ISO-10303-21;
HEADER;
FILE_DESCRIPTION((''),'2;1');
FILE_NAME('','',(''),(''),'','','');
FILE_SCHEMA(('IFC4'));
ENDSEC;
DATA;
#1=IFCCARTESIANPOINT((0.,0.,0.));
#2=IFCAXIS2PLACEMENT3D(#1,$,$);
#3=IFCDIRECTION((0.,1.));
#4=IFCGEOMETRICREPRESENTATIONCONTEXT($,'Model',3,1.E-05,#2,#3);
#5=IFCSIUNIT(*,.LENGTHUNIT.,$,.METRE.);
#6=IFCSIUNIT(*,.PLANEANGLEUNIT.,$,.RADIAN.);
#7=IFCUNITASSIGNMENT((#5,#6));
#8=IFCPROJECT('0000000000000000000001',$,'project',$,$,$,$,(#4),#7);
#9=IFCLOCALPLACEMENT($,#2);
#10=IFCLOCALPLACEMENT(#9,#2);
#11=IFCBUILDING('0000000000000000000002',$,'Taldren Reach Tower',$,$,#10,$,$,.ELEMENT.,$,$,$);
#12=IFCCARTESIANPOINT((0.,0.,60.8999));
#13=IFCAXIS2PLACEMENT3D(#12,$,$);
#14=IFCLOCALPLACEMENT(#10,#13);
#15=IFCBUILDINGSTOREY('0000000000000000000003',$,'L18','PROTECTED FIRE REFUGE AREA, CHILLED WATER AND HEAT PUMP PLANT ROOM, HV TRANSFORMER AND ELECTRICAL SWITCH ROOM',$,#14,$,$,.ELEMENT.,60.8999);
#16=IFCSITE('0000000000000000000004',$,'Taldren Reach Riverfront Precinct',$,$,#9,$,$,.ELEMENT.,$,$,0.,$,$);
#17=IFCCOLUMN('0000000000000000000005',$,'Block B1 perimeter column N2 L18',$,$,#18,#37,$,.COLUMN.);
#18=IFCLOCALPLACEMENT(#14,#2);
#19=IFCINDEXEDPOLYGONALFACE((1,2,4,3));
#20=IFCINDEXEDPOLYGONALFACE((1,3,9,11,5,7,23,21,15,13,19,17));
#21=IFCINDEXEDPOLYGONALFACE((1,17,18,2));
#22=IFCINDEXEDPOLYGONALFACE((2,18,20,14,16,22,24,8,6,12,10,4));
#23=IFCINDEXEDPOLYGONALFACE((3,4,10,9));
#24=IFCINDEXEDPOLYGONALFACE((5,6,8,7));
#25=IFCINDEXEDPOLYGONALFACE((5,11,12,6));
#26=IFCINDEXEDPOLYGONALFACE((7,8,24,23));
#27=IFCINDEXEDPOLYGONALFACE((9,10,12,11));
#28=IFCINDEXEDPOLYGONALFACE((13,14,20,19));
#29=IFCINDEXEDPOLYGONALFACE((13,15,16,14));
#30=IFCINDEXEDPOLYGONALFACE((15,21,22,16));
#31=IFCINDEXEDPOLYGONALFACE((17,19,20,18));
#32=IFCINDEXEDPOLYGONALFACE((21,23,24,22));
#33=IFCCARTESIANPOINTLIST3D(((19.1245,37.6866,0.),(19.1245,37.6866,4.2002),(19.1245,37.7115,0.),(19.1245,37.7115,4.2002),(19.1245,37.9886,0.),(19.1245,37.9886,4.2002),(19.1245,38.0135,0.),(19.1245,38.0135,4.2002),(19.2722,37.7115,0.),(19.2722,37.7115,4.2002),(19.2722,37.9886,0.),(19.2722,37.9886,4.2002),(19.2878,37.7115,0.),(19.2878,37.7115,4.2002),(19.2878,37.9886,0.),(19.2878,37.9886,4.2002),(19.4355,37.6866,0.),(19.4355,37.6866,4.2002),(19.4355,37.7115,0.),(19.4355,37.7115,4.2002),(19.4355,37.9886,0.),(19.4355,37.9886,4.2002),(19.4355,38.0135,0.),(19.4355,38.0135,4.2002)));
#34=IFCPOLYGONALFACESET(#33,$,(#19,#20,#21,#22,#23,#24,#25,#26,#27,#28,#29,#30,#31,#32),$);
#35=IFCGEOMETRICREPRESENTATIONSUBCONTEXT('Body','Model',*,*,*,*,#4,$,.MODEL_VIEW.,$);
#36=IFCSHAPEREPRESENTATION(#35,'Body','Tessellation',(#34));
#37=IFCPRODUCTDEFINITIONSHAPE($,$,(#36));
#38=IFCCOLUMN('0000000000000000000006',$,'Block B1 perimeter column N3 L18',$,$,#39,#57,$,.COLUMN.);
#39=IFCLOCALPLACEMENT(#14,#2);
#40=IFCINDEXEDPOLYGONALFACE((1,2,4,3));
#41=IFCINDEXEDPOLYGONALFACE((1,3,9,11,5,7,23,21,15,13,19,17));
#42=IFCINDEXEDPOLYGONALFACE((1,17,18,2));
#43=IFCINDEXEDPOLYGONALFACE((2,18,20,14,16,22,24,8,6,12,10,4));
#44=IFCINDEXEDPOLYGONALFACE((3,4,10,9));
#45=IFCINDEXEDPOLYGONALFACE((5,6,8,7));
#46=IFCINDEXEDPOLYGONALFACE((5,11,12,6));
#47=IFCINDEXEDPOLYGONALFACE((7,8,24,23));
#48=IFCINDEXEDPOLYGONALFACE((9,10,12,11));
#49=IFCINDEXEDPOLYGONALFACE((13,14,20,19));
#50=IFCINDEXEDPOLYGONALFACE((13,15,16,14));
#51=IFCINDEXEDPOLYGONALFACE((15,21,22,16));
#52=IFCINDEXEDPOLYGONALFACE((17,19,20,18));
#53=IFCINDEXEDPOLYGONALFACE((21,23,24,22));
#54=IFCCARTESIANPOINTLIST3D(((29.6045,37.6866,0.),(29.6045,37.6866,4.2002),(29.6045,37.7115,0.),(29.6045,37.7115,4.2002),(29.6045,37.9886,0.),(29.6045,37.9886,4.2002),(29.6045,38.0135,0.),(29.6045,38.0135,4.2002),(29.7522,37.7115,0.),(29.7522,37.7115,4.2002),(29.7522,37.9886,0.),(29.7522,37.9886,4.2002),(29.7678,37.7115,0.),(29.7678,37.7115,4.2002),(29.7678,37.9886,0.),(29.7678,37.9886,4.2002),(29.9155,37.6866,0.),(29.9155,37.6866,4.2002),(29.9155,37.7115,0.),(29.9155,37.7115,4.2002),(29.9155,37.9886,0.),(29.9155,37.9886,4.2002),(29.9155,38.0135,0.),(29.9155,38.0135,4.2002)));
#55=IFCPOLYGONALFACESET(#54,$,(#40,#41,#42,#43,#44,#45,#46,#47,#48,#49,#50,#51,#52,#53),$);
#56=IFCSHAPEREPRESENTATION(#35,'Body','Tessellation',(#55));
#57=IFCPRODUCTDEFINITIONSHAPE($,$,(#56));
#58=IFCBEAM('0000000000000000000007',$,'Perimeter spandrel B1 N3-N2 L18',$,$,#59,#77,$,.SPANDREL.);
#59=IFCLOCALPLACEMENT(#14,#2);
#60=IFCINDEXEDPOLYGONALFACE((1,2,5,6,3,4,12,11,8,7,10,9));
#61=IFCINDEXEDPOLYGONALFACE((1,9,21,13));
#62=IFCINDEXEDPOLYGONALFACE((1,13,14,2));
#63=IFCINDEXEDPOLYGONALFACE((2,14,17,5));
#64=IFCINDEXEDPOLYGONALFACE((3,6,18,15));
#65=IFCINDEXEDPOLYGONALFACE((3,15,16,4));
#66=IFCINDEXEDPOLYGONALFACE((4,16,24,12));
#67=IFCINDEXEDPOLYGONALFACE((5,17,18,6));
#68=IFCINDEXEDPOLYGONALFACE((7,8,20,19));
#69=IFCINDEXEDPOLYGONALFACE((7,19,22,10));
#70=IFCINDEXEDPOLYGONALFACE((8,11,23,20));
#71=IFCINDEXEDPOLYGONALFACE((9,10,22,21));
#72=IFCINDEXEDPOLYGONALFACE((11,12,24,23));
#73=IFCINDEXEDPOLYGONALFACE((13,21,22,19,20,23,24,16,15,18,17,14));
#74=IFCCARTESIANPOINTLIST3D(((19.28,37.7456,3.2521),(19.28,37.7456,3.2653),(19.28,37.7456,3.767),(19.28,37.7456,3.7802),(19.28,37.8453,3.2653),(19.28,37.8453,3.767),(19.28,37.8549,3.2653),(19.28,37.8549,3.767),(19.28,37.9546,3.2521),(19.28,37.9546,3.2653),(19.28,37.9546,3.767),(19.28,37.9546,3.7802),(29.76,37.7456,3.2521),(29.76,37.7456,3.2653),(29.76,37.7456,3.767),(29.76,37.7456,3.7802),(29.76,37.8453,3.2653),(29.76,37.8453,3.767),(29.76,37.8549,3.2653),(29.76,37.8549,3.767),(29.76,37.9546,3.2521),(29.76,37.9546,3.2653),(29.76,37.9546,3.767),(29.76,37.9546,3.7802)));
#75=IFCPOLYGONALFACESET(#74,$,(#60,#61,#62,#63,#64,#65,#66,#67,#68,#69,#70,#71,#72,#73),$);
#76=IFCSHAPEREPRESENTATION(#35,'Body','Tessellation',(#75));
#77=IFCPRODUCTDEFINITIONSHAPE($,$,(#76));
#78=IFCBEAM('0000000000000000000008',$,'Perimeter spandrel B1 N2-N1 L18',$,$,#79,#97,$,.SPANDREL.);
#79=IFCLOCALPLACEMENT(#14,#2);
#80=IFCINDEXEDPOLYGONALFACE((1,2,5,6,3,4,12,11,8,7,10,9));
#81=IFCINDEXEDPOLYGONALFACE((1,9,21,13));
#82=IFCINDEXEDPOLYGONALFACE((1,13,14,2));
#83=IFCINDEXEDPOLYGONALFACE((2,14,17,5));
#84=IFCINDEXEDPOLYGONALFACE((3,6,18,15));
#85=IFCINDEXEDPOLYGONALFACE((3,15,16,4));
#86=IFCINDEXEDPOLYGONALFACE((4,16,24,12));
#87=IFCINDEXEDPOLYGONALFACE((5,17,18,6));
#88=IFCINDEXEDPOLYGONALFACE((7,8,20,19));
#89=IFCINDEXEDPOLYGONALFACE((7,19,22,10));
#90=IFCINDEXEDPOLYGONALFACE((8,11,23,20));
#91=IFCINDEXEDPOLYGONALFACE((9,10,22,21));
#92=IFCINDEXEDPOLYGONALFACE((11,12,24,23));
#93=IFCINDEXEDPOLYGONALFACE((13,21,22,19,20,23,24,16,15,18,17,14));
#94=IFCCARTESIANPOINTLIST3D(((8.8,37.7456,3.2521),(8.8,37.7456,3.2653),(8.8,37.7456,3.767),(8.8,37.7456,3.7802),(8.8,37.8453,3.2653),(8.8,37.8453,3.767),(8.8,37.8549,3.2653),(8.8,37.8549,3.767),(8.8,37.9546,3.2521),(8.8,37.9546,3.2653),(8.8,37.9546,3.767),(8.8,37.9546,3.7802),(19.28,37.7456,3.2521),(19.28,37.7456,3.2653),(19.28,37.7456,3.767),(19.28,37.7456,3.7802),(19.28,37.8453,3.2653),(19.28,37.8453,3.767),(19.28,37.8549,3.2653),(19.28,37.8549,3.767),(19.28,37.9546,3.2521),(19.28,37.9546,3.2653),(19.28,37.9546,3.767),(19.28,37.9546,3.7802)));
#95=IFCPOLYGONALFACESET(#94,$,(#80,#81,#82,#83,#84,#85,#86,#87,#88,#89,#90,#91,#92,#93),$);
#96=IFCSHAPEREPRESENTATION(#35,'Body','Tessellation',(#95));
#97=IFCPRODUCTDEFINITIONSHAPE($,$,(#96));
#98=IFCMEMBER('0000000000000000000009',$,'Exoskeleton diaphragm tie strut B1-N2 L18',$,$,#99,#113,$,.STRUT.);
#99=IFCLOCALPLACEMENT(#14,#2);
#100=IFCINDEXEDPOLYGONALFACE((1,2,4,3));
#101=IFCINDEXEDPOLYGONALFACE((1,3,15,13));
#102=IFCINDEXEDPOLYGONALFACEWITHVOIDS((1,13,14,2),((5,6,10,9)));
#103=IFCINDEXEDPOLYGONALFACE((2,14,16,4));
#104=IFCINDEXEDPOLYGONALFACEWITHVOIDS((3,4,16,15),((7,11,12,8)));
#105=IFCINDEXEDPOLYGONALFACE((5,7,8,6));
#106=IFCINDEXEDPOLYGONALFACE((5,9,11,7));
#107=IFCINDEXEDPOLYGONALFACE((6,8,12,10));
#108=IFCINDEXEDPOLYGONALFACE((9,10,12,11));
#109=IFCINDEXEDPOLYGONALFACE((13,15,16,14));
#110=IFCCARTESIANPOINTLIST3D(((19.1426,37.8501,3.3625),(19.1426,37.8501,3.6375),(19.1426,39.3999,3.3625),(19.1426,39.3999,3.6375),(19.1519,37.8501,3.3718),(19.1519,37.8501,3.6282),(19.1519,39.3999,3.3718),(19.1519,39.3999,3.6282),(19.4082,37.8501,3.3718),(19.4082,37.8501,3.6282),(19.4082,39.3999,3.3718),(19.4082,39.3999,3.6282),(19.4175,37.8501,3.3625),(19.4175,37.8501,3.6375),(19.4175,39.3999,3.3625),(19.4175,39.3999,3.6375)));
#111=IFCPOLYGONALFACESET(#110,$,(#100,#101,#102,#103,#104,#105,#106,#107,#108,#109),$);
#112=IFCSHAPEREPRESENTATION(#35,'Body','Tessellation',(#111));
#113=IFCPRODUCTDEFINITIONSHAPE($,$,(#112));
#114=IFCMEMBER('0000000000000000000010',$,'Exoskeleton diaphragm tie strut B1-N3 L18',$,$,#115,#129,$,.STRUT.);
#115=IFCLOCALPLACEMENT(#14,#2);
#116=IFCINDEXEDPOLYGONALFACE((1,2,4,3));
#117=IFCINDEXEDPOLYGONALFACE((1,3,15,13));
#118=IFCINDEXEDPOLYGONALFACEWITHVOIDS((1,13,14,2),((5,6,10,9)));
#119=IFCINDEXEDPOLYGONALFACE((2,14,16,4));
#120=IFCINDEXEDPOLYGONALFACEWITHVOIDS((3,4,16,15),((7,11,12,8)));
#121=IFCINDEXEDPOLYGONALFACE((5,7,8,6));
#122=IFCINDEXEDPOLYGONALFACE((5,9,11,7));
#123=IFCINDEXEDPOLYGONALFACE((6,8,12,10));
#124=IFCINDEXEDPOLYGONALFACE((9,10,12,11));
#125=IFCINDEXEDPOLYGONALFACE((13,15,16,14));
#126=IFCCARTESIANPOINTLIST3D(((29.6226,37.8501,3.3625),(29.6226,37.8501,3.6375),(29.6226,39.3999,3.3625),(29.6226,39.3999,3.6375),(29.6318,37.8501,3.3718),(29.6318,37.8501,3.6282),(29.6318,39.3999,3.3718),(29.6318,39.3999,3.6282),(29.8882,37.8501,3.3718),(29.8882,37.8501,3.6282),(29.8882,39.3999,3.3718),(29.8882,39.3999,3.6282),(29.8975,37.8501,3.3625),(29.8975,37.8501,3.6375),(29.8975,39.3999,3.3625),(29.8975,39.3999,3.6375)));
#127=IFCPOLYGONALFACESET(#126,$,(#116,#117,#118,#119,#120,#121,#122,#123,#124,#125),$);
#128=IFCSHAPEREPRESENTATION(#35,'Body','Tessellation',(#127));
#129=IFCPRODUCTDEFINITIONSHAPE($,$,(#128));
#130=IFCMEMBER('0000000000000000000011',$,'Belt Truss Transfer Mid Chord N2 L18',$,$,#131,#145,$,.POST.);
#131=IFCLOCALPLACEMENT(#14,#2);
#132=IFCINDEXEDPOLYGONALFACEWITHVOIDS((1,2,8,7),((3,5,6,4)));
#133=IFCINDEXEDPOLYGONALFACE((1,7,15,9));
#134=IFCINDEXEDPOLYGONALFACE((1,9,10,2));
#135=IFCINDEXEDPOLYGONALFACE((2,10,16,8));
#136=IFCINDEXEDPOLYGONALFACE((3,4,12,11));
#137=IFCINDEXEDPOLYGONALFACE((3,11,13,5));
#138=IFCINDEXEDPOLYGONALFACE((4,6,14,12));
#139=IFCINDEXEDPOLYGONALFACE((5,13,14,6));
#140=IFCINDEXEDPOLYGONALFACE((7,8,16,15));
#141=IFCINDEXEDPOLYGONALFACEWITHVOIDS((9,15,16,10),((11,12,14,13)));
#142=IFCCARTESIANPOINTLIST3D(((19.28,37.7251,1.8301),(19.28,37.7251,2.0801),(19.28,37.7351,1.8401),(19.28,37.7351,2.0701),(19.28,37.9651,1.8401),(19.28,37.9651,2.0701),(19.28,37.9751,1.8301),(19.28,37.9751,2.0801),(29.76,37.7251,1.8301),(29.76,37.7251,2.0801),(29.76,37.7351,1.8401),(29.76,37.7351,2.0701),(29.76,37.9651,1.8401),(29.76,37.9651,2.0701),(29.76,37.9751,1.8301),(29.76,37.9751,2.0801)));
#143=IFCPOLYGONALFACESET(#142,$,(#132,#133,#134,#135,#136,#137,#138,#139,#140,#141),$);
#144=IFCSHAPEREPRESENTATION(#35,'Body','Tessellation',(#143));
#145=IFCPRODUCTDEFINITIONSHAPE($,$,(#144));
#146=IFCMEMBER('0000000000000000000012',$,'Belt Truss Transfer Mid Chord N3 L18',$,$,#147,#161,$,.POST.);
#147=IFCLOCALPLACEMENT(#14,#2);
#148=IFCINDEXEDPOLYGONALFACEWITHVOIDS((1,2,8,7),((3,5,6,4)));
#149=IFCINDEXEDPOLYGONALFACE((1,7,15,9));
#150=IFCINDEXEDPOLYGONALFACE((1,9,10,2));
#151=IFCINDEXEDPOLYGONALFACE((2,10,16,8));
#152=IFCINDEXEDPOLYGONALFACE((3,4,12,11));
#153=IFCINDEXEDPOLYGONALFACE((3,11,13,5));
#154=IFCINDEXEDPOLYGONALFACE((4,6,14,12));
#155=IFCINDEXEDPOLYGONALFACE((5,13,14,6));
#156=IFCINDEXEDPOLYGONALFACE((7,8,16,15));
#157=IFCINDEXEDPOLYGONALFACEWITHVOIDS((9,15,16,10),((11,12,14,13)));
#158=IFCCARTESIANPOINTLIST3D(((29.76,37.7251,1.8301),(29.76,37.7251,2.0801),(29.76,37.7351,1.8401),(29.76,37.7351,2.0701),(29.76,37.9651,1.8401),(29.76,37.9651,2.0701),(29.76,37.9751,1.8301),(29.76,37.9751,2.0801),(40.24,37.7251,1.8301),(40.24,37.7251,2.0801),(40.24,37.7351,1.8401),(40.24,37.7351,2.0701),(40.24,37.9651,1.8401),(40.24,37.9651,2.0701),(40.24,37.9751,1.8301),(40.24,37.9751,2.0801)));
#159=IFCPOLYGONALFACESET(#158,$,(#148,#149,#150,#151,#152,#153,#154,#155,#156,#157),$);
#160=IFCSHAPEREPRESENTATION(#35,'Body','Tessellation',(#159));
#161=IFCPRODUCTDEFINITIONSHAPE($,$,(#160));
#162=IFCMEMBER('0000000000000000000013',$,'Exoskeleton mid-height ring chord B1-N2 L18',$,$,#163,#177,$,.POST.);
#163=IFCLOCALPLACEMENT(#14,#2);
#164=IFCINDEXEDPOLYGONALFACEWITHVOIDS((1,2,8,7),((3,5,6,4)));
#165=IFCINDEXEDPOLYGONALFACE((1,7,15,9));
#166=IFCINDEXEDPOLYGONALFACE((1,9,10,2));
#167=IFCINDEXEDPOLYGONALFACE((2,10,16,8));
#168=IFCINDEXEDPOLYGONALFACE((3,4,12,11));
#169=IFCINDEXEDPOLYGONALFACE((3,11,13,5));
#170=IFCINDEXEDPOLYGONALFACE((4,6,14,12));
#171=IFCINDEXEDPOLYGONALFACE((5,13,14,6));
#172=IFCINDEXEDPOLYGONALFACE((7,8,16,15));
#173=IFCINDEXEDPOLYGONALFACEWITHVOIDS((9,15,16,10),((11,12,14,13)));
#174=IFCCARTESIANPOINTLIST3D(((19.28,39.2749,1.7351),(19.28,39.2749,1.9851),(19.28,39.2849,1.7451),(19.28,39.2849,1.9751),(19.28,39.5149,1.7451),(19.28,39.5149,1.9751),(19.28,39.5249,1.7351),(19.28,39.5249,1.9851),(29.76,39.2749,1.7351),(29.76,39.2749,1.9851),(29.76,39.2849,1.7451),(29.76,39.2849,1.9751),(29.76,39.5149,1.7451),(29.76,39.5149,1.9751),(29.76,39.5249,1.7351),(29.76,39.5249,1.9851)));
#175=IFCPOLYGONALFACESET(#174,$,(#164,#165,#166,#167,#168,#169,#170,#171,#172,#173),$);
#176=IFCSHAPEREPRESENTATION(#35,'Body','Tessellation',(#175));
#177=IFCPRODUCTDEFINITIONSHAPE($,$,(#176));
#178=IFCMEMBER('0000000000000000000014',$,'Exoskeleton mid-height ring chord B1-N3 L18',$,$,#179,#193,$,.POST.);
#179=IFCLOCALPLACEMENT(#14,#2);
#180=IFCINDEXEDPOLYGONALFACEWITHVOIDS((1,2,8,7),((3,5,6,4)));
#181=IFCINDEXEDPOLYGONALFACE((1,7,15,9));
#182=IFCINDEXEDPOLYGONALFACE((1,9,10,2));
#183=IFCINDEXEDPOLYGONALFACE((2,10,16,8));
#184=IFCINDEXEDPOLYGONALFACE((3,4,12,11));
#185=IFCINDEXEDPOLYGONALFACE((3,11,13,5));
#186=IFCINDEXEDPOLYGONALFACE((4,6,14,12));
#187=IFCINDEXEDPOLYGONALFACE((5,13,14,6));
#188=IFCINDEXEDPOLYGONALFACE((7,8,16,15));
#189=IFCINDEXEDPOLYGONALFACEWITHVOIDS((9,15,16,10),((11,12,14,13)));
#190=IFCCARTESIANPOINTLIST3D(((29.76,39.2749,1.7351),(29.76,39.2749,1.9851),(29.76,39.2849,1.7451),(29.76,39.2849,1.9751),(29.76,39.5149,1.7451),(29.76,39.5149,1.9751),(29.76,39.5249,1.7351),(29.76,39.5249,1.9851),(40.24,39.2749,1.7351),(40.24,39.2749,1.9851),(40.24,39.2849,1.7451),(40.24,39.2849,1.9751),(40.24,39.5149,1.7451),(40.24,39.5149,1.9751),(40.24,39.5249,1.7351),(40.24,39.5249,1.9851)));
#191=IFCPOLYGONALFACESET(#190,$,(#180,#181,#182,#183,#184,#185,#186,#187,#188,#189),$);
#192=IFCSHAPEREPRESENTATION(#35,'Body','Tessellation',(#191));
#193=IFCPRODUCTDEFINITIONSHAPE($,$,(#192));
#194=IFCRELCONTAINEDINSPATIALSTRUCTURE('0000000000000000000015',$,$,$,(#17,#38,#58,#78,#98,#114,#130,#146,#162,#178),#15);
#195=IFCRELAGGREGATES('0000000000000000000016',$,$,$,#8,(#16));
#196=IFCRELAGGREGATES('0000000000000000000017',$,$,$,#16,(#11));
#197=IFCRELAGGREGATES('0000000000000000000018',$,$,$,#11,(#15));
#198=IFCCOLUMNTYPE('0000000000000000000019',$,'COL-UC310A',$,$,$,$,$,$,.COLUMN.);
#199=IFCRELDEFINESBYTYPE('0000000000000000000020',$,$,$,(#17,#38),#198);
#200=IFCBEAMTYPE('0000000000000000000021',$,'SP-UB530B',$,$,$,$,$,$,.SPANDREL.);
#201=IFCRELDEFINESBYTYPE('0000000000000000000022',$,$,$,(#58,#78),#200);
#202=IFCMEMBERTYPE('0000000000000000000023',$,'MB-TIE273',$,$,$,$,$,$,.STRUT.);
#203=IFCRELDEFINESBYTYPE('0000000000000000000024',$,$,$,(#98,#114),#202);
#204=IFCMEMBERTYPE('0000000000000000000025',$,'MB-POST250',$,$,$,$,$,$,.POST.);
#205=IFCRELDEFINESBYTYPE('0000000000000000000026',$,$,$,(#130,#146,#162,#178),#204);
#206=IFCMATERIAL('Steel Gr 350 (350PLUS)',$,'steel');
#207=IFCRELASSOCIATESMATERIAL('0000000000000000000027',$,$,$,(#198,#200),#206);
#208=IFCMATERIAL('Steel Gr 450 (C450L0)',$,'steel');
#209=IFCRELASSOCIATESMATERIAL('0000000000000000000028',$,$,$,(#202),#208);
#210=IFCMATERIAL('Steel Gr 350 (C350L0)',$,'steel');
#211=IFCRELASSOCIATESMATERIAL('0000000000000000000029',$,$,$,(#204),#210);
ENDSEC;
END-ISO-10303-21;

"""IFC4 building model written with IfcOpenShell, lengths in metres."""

from ifc_helpers import new_model, si_unit, direction, frame, origin, origin_2d, place, context, subcontext, project, spatial, hollow_rectangle, i_section, extrude, source, transform, mapped, material, material_profile, profile_set, type_object, element, save


model = new_model("IFC4")

# Units and contexts
model_context = context("Model", 3, precision=1e-05, world=origin(), true_north=direction((0.0, 1.0)))
body_context = subcontext(model_context, "Body", "Model", "MODEL_VIEW")
ifc_project = project(units=[si_unit("LENGTHUNIT", "METRE"), si_unit("PLANEANGLEUNIT", "RADIAN")], contexts=[model_context])

# Site, building, storey
site_placement = place(None, origin())
site = spatial("IfcSite", under=ifc_project, at=site_placement, Name="Taldren Reach Riverfront Precinct", CompositionType="ELEMENT", RefElevation=0.0)
building_placement = place(site_placement, origin())
building = spatial("IfcBuilding", under=site, at=building_placement, Name="Taldren Reach Tower", CompositionType="ELEMENT")
storey_placement = place(building_placement, frame((0.0, 0.0, 60.8999)))
storey = spatial("IfcBuildingStorey", under=building, at=storey_placement, Name="L18", Description="PROTECTED FIRE REFUGE AREA, CHILLED WATER AND HEAT PUMP PLANT ROOM, HV TRANSFORMER AND ELECTRICAL SWITCH ROOM", CompositionType="ELEMENT", Elevation=60.8999)

# Columns
ifc_material_1 = material(Name="Steel Gr 350 (350PLUS)", Category="steel")
ifc_material_profile_1 = material_profile(ifc_material_1, i_section(OverallWidth=0.311, OverallDepth=0.3269, WebThickness=0.0156, FlangeThickness=0.0249, at=origin_2d()), Name="310UC158")
ifc_profile_set_1 = profile_set([ifc_material_profile_1], Name="Steel Gr 350 (350PLUS)")
column_type = type_object("IfcColumnType", Name="COL-UC310A", PredefinedType="COLUMN", material=ifc_profile_set_1)
shared_shape_1 = source(origin(), body_context, "Body", "SweptSolid", [
    extrude(i_section(OverallWidth=0.311, OverallDepth=0.3269, WebThickness=0.0156, FlangeThickness=0.0249, at=origin_2d()), origin(), (0.0, 0.0, 1.0), 4.2002),
])
for number, where, z_axis, x_axis, name in (
    (1, (19.28, 37.8501, 0.0), (0.0, 0.0, 1.0), (1.0, 0.0, 0.0), "Block B1 perimeter column N2 L18"),
    (2, (29.76, 37.8501, 0.0), (0.0, 0.0, 1.0), (1.0, 0.0, 0.0), "Block B1 perimeter column N3 L18"),
):
    element("IfcColumn", number, at=place(storey_placement, frame(where, z_axis=z_axis, x_axis=x_axis)), inside=storey, type_object=column_type, Name=name, PredefinedType="COLUMN", context=body_context, shape_type="MappedRepresentation", body=[
        mapped(shared_shape_1, transform((0.0, 0.0, 0.0), scale=1.0)),
    ])

# Beams
ifc_material_profile_2 = material_profile(ifc_material_1, i_section(OverallWidth=0.209, OverallDepth=0.5281, WebThickness=0.0095, FlangeThickness=0.0132, at=origin_2d()), Name="530UB82.0")
ifc_profile_set_2 = profile_set([ifc_material_profile_2], Name="Steel Gr 350 (350PLUS)")
beam_type = type_object("IfcBeamType", Name="SP-UB530B", PredefinedType="SPANDREL", material=ifc_profile_set_2)
shared_shape_2 = source(origin(), body_context, "Body", "SweptSolid", [
    extrude(i_section(OverallWidth=0.209, OverallDepth=0.5281, WebThickness=0.0095, FlangeThickness=0.0132, at=origin_2d()), origin(), (0.0, 0.0, 1.0), 10.48),
])
for number, where, z_axis, x_axis, name in (
    (3, (29.76, 37.8501, 3.5161), (-1.0, 0.0, 0.0), (0.0, -1.0, 0.0), "Perimeter spandrel B1 N3-N2 L18"),
    (4, (19.28, 37.8501, 3.5161), (-1.0, 0.0, 0.0), (0.0, -1.0, 0.0), "Perimeter spandrel B1 N2-N1 L18"),
):
    element("IfcBeam", number, at=place(storey_placement, frame(where, z_axis=z_axis, x_axis=x_axis)), inside=storey, type_object=beam_type, Name=name, PredefinedType="SPANDREL", context=body_context, shape_type="MappedRepresentation", body=[
        mapped(shared_shape_2, transform((0.0, 0.0, 0.0), scale=1.0)),
    ])

# Members
ifc_material_2 = material(Name="Steel Gr 450 (C450L0)", Category="steel")
ifc_material_profile_3 = material_profile(ifc_material_2, hollow_rectangle(XDim=0.2749, YDim=0.2749, WallThickness=0.0093, at=origin_2d()), Name="275x275x9.3SHS")
ifc_profile_set_3 = profile_set([ifc_material_profile_3], Name="Steel Gr 450 (C450L0)")
member_type_1 = type_object("IfcMemberType", Name="MB-TIE273", PredefinedType="STRUT", material=ifc_profile_set_3)
shared_shape_3 = source(origin(), body_context, "Body", "SweptSolid", [
    extrude(hollow_rectangle(XDim=0.2749, YDim=0.2749, WallThickness=0.0093, at=origin_2d()), origin(), (0.0, 0.0, 1.0), 1.5498),
])
for number, where, z_axis, x_axis, name in (
    (5, (19.28, 37.8501, 3.5), (0.0, 1.0, 0.0), (-1.0, 0.0, 0.0), "Exoskeleton diaphragm tie strut B1-N2 L18"),
    (6, (29.76, 37.8501, 3.5), (0.0, 1.0, 0.0), (-1.0, 0.0, 0.0), "Exoskeleton diaphragm tie strut B1-N3 L18"),
):
    element("IfcMember", number, at=place(storey_placement, frame(where, z_axis=z_axis, x_axis=x_axis)), inside=storey, type_object=member_type_1, Name=name, PredefinedType="STRUT", context=body_context, shape_type="MappedRepresentation", body=[
        mapped(shared_shape_3, transform((0.0, 0.0, 0.0), scale=1.0)),
    ])
ifc_material_3 = material(Name="Steel Gr 350 (C350L0)", Category="steel")
ifc_material_profile_4 = material_profile(ifc_material_3, hollow_rectangle(XDim=0.25, YDim=0.25, WallThickness=0.01, at=origin_2d()), Name="250x250x10.0SHS")
ifc_profile_set_4 = profile_set([ifc_material_profile_4], Name="Steel Gr 350 (C350L0)")
member_type_2 = type_object("IfcMemberType", Name="MB-POST250", PredefinedType="POST", material=ifc_profile_set_4)
shared_shape_4 = source(origin(), body_context, "Body", "SweptSolid", [
    extrude(hollow_rectangle(XDim=0.25, YDim=0.25, WallThickness=0.01, at=origin_2d()), origin(), (0.0, 0.0, 1.0), 10.48),
])
for number, where, z_axis, x_axis, name in (
    (7, (19.28, 37.8501, 1.9551), (1.0, 0.0, 0.0), (0.0, 1.0, 0.0), "Belt Truss Transfer Mid Chord N2 L18"),
    (8, (29.76, 37.8501, 1.9551), (1.0, 0.0, 0.0), (0.0, 1.0, 0.0), "Belt Truss Transfer Mid Chord N3 L18"),
    (9, (19.28, 39.3999, 1.8601), (1.0, 0.0, 0.0), (0.0, 1.0, 0.0), "Exoskeleton mid-height ring chord B1-N2 L18"),
    (10, (29.76, 39.3999, 1.8601), (1.0, 0.0, 0.0), (0.0, 1.0, 0.0), "Exoskeleton mid-height ring chord B1-N3 L18"),
):
    element("IfcMember", number, at=place(storey_placement, frame(where, z_axis=z_axis, x_axis=x_axis)), inside=storey, type_object=member_type_2, Name=name, PredefinedType="POST", context=body_context, shape_type="MappedRepresentation", body=[
        mapped(shared_shape_4, transform((0.0, 0.0, 0.0), scale=1.0)),
    ])

save(model, "model.ifc")
